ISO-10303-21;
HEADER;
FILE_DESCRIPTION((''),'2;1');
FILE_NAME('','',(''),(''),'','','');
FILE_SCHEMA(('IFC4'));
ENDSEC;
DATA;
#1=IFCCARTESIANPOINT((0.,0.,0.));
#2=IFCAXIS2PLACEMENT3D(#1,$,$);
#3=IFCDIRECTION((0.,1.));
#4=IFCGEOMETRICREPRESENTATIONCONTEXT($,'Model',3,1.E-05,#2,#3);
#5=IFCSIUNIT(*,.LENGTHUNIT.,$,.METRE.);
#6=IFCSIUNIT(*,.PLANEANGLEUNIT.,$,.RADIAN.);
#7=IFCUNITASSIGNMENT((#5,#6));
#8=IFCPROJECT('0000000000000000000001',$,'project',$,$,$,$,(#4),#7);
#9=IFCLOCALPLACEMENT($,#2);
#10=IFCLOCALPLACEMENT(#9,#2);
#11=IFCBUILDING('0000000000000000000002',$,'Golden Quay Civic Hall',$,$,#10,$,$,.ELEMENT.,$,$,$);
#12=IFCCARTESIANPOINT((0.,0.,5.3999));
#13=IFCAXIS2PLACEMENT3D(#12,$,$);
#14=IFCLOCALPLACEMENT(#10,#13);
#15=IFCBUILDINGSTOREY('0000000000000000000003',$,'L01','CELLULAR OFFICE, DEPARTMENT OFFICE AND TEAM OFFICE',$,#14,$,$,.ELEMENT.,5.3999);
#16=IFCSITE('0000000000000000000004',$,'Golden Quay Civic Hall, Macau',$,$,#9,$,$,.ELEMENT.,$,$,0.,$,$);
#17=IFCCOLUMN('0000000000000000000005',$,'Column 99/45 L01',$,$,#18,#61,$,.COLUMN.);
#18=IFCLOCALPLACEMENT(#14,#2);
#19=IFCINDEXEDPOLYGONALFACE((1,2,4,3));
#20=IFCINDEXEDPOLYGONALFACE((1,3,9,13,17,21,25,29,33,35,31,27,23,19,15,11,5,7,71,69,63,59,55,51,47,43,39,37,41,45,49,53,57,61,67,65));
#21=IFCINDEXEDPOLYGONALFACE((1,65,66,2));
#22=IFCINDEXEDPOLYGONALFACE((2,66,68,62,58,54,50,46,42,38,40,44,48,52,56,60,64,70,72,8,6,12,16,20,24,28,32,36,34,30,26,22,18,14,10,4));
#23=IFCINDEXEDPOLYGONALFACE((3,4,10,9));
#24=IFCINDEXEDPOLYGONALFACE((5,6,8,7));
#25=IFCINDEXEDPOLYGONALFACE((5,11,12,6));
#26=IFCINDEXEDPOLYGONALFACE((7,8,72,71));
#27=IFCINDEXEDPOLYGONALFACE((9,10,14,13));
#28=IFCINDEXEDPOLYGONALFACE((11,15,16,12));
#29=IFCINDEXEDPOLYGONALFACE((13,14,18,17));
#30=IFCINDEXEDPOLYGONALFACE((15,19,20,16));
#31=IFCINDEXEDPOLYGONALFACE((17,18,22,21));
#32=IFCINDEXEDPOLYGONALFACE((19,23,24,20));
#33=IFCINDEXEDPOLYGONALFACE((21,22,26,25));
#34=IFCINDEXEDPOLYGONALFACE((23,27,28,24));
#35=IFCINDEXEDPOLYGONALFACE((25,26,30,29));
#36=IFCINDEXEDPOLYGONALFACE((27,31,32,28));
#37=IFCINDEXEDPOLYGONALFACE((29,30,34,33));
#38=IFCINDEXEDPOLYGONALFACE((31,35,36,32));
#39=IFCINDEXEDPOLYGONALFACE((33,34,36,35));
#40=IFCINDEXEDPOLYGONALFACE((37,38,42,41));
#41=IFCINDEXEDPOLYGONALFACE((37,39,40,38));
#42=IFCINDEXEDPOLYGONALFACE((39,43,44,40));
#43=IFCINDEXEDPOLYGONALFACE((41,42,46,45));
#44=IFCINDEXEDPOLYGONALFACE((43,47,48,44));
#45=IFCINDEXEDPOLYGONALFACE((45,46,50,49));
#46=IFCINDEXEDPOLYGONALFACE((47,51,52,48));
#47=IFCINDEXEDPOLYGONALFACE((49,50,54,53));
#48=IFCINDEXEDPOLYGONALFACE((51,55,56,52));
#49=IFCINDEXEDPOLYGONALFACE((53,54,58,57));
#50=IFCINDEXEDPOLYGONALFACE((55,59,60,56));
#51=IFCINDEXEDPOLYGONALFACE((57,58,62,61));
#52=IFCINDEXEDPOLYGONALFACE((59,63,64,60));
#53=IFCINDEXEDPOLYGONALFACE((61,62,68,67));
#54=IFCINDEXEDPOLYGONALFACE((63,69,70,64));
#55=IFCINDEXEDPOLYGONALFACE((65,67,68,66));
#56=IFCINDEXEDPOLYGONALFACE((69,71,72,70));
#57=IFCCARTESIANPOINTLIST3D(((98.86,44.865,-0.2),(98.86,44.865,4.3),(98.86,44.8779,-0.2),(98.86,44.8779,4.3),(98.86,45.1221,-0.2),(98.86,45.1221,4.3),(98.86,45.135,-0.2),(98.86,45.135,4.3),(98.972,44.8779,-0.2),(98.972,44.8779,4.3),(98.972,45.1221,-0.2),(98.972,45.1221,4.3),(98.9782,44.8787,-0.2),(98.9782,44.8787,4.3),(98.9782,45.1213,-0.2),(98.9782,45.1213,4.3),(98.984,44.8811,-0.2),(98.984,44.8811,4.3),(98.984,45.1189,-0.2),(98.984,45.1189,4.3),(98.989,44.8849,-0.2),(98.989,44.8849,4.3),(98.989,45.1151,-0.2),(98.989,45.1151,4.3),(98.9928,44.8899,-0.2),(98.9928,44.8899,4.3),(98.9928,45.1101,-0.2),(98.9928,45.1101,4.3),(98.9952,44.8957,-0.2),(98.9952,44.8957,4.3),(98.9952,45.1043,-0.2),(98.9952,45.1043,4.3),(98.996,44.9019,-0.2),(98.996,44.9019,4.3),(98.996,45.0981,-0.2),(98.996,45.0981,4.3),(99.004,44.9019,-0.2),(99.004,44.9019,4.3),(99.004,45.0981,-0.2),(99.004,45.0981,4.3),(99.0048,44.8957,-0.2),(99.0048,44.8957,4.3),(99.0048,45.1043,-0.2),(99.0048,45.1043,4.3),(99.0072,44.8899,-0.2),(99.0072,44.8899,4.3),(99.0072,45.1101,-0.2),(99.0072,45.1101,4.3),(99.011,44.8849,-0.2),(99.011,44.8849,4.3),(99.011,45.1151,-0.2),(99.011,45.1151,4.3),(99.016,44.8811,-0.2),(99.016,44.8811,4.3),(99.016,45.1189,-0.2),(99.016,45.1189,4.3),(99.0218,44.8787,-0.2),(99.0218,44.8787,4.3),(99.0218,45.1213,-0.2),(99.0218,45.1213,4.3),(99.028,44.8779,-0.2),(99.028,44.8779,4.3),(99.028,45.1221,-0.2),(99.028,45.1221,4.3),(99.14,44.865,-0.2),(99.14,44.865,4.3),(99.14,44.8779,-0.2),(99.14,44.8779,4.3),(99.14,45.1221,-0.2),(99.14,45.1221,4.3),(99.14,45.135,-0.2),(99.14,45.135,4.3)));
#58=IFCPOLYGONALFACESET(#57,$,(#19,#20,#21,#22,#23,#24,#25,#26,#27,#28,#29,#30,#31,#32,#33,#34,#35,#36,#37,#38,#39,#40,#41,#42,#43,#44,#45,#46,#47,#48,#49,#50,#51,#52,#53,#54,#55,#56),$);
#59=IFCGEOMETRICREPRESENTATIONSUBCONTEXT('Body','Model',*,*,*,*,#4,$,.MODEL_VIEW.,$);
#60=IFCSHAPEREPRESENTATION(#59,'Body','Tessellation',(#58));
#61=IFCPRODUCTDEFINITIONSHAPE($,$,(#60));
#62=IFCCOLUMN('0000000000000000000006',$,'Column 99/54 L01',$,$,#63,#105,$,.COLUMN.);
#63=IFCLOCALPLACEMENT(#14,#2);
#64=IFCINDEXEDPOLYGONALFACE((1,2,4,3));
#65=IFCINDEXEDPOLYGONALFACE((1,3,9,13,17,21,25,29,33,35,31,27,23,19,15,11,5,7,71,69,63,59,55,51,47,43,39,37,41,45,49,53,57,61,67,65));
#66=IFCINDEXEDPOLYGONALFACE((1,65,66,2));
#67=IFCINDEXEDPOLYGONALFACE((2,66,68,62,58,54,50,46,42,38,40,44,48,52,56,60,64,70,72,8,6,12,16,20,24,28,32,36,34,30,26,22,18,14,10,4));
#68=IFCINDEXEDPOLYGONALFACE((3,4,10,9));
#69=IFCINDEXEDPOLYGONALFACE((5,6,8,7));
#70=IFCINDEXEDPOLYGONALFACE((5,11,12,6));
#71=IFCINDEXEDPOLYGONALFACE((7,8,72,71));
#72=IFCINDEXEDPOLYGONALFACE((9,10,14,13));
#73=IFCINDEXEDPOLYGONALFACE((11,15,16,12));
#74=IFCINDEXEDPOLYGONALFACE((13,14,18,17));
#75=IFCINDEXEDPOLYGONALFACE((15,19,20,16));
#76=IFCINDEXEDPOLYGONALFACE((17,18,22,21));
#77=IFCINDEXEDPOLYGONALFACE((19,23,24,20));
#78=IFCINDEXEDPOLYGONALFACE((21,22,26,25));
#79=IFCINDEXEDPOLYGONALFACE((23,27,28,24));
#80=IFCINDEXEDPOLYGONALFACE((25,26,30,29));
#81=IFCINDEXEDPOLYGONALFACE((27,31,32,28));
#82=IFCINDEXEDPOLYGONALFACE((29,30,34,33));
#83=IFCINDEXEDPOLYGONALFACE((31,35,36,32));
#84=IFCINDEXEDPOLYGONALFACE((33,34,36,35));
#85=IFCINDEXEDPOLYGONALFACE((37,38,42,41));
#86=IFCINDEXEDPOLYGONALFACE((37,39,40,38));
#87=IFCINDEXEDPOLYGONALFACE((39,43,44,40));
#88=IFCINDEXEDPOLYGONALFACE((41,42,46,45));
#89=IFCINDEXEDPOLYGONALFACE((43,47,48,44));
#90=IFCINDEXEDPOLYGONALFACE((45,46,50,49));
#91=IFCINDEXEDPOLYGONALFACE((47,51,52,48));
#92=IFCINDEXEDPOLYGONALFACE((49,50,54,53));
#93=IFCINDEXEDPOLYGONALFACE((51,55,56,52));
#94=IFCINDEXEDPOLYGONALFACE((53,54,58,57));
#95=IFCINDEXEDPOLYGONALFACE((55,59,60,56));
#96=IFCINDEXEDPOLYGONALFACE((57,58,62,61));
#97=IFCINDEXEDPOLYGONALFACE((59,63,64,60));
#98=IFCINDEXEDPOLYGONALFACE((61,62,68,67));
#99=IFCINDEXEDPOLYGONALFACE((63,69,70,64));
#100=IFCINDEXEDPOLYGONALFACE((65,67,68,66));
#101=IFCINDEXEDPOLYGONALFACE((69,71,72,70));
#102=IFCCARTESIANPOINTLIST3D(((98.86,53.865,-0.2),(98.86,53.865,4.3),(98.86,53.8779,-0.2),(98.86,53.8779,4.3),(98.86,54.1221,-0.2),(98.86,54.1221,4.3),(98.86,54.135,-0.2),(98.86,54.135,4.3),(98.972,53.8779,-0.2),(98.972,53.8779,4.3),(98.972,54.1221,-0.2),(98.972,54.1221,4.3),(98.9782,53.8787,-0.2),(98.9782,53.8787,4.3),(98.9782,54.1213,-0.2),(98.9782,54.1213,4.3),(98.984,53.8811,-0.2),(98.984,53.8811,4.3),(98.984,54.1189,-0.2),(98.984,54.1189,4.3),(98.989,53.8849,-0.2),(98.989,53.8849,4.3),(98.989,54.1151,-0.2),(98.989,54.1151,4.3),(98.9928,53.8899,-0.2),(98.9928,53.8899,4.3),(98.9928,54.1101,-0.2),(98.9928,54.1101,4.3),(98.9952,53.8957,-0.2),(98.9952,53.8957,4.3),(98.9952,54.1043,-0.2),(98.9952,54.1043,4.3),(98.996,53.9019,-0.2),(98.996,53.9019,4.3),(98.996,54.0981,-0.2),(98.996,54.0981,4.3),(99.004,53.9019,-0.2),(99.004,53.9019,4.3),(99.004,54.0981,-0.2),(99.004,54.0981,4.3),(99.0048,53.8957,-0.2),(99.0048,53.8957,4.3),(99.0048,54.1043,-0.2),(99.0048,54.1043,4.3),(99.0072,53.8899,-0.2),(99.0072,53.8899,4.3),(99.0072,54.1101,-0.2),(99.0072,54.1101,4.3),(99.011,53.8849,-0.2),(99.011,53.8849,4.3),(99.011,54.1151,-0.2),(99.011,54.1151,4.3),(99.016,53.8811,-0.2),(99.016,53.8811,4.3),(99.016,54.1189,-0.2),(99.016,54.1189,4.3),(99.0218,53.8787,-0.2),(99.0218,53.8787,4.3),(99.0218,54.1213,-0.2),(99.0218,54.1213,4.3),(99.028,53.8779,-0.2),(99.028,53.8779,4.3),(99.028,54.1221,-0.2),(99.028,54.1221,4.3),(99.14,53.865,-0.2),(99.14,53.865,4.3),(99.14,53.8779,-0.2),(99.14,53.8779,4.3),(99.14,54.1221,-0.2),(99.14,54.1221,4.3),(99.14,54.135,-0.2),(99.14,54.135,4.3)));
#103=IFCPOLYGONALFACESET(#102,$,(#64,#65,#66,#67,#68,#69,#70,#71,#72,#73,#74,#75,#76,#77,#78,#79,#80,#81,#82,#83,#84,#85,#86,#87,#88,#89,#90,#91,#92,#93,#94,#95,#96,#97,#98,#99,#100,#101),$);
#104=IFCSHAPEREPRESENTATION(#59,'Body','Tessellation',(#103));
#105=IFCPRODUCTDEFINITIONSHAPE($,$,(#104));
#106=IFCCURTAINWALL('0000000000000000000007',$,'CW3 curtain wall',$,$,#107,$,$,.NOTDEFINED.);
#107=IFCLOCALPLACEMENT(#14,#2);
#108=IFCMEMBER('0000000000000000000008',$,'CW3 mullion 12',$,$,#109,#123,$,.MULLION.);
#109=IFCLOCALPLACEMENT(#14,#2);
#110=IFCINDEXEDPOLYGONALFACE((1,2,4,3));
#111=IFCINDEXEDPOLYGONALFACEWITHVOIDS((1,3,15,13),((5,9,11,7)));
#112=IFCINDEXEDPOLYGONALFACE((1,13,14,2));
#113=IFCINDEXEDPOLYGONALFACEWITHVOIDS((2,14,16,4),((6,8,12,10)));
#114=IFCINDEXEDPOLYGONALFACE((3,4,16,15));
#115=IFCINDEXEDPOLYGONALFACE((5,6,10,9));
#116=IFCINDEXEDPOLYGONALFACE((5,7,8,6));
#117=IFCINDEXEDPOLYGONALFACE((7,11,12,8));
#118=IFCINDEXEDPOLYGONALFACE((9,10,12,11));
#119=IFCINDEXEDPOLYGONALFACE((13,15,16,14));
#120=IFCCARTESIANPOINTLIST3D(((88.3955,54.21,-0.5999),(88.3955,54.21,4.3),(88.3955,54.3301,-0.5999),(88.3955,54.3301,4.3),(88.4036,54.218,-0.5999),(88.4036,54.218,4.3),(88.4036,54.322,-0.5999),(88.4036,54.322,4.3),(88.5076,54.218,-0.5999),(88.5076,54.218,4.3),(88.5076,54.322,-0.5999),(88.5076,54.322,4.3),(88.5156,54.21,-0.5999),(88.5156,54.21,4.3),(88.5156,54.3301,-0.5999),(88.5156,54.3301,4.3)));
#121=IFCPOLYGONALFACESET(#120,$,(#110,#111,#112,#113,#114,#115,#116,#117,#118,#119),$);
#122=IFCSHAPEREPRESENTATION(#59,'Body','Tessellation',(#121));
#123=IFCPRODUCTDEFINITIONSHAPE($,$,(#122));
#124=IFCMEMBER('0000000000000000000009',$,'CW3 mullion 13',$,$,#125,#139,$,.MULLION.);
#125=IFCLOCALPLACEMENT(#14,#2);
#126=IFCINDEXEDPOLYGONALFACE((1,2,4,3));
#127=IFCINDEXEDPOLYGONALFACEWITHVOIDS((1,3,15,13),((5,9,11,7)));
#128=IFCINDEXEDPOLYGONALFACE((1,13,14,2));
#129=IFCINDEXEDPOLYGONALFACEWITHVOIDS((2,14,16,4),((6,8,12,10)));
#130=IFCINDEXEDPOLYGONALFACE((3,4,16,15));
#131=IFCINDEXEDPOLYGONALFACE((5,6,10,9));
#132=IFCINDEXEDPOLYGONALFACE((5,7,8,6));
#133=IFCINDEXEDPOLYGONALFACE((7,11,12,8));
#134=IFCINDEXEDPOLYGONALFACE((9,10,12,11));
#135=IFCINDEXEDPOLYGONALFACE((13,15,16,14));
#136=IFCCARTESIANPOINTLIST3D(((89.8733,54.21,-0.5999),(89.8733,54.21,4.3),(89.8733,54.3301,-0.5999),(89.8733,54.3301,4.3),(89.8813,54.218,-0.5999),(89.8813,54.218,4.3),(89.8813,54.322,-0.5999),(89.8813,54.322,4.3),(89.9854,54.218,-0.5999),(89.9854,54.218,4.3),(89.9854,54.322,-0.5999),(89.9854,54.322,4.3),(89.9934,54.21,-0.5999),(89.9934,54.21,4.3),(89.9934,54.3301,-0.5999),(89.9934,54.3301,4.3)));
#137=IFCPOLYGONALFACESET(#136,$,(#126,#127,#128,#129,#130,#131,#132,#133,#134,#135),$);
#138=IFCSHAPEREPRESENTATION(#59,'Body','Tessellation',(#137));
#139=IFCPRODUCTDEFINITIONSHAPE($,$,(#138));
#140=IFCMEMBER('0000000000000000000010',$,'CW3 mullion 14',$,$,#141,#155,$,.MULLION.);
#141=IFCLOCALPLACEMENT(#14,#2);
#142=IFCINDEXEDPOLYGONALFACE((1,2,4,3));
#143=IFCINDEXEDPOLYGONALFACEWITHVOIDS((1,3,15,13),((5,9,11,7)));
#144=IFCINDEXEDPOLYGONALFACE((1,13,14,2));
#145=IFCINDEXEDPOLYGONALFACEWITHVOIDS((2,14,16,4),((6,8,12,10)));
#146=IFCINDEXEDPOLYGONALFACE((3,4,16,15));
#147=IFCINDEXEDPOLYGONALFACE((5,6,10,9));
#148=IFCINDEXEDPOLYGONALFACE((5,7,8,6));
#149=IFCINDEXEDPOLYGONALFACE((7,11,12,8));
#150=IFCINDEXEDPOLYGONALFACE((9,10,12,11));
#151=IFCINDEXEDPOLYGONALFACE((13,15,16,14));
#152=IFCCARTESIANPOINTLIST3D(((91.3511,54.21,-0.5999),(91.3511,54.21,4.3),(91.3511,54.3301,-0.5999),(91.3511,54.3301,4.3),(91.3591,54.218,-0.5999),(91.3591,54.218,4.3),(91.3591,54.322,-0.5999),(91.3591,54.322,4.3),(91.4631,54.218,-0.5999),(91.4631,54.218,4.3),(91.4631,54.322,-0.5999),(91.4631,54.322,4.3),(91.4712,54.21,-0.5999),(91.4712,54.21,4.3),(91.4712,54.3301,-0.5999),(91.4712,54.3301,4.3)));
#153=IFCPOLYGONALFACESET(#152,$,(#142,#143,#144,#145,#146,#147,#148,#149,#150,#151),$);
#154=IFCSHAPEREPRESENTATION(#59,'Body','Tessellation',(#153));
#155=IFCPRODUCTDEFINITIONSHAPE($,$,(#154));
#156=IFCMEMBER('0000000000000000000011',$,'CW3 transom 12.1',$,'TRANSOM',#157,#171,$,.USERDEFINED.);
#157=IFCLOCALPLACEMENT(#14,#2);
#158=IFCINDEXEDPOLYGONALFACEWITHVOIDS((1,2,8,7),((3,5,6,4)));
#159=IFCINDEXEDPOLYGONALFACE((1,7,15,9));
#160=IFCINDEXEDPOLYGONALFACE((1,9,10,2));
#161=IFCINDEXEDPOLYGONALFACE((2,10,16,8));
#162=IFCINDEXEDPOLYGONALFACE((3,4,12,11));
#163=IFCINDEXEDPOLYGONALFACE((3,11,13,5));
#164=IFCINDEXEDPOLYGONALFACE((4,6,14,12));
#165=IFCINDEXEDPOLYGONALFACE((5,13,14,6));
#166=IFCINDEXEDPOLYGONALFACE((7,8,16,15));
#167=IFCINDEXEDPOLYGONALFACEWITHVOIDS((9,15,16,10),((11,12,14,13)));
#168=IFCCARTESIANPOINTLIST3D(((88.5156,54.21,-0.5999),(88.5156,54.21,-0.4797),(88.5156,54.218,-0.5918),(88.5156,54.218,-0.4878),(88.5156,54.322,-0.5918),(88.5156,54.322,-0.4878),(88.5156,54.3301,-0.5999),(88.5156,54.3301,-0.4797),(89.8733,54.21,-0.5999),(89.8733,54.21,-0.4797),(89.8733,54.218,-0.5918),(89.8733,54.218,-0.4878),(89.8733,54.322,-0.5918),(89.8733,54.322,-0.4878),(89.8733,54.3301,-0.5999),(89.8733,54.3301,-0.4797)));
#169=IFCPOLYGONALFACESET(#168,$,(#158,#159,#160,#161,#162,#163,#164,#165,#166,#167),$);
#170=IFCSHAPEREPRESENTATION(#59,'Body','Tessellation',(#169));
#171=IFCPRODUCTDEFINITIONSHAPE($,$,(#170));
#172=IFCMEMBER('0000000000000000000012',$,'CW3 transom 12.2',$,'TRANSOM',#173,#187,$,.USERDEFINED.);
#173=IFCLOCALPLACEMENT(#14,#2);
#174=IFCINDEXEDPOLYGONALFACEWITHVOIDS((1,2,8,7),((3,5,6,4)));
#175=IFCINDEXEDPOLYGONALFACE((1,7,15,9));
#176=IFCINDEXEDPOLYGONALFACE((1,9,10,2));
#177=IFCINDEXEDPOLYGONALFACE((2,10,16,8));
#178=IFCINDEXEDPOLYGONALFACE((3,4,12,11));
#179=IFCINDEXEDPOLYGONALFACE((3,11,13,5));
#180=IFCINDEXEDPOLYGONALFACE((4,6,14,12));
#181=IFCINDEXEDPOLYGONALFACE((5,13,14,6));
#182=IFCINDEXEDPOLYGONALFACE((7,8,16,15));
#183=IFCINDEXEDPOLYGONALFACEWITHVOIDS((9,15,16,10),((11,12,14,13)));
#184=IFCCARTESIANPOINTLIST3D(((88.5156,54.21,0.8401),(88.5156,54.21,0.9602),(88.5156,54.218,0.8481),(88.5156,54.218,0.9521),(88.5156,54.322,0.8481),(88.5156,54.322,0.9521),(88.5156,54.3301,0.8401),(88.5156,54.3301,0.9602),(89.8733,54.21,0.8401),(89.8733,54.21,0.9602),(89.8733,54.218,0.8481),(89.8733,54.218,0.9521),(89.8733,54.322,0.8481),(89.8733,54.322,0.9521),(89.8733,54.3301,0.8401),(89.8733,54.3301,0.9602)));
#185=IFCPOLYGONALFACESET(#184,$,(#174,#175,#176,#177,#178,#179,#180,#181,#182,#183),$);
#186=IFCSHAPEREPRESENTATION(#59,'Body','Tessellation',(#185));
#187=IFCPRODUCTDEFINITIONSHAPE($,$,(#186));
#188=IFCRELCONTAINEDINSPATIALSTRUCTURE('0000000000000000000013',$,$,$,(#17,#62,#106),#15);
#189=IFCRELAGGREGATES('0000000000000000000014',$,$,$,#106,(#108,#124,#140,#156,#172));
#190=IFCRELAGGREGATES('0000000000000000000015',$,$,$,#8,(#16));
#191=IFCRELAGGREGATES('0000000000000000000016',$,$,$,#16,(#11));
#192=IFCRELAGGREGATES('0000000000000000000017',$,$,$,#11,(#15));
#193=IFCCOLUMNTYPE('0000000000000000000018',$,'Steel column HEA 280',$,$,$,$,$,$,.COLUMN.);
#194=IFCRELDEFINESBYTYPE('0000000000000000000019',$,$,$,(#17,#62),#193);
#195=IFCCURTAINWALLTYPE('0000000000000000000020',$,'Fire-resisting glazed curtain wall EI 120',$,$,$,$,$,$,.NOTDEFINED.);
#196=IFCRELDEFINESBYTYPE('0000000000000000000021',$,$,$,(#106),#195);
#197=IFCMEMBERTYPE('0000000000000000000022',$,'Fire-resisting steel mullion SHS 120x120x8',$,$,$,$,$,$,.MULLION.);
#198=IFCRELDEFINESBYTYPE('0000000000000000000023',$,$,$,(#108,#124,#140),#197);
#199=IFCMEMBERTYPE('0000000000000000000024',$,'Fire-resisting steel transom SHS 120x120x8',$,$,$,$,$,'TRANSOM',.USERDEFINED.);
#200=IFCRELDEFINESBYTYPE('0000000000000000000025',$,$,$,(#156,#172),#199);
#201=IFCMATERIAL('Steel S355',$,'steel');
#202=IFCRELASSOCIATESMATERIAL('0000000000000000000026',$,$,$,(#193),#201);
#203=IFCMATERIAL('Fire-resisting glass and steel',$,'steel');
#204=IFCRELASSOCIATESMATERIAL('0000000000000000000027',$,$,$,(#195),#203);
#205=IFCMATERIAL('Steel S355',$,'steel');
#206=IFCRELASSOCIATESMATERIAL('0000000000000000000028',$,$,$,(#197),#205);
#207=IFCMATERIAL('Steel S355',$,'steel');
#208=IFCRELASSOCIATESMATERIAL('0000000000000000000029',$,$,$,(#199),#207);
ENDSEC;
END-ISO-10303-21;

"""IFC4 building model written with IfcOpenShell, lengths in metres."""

from ifc_helpers import new_model, si_unit, direction, frame, origin, origin_2d, place, context, subcontext, project, spatial, hollow_rectangle, i_section, extrude, material, material_profile, profile_set, type_object, element, aggregate, save


model = new_model("IFC4")

# Units and contexts
model_context = context("Model", 3, precision=1e-05, world=origin(), true_north=direction((0.0, 1.0)))
body_context = subcontext(model_context, "Body", "Model", "MODEL_VIEW")
ifc_project = project(units=[si_unit("LENGTHUNIT", "METRE"), si_unit("PLANEANGLEUNIT", "RADIAN")], contexts=[model_context])

# Site, building, storey
site_placement = place(None, origin())
site = spatial("IfcSite", under=ifc_project, at=site_placement, Name="Golden Quay Civic Hall, Macau", CompositionType="ELEMENT", RefElevation=0.0)
building_placement = place(site_placement, origin())
building = spatial("IfcBuilding", under=site, at=building_placement, Name="Golden Quay Civic Hall", CompositionType="ELEMENT")
storey_placement = place(building_placement, frame((0.0, 0.0, 5.3999)))
storey = spatial("IfcBuildingStorey", under=building, at=storey_placement, Name="L01", Description="CELLULAR OFFICE, DEPARTMENT OFFICE AND TEAM OFFICE", CompositionType="ELEMENT", Elevation=5.3999)

# Columns
ifc_material_1 = material(Name="Steel S355", Category="steel")
ifc_material_profile_1 = material_profile(ifc_material_1, i_section(OverallWidth=0.28, OverallDepth=0.27, WebThickness=0.0081, FlangeThickness=0.0129, FilletRadius=0.0239, at=origin_2d()), Name="HEA 280")
ifc_profile_set_1 = profile_set([ifc_material_profile_1], Name="Steel S355")
column_type = type_object("IfcColumnType", Name="Steel column HEA 280", PredefinedType="COLUMN", material=ifc_profile_set_1)
for number, where, z_axis, x_axis, name in (
    (1, (99.0, 45.0, -0.2), (0.0, 0.0, 1.0), (1.0, 0.0, 0.0), "Column 99/45 L01"),
    (2, (99.0, 54.0, -0.2), (0.0, 0.0, 1.0), (1.0, 0.0, 0.0), "Column 99/54 L01"),
):
    element("IfcColumn", number, at=place(storey_placement, frame(where, z_axis=z_axis, x_axis=x_axis)), inside=storey, type_object=column_type, Name=name, PredefinedType="COLUMN", context=body_context, shape_type="SweptSolid", body=[
        extrude(i_section(OverallWidth=0.28, OverallDepth=0.27, WebThickness=0.0081, FlangeThickness=0.0129, FilletRadius=0.0239, at=origin_2d()), origin(), (0.0, 0.0, 1.0), 4.5),
    ])

# Curtain wall, members
ifc_material_2 = material(Name="Fire-resisting glass and steel", Category="steel")
curtain_wall_type_1 = type_object("IfcCurtainWallType", Name="Fire-resisting glazed curtain wall EI 120", PredefinedType="NOTDEFINED", material=ifc_material_2)
curtain_wall_1_placement = place(storey_placement, origin())
curtain_wall_1 = element("IfcCurtainWall", 3, at=curtain_wall_1_placement, inside=storey, type_object=curtain_wall_type_1, Name="CW3 curtain wall", PredefinedType="NOTDEFINED")
ifc_material_3 = material(Name="Steel S355", Category="steel")
ifc_material_profile_2 = material_profile(ifc_material_3, hollow_rectangle(XDim=0.1201, YDim=0.1201, WallThickness=0.0081, at=origin_2d()), Name="SHS 120x120x8")
ifc_profile_set_2 = profile_set([ifc_material_profile_2], Name="Steel S355")
member_type_1 = type_object("IfcMemberType", Name="Fire-resisting steel mullion SHS 120x120x8", PredefinedType="MULLION", material=ifc_profile_set_2)
member_1_placement = place(storey_placement, frame((88.4556, 54.27, -0.5999), z_axis=(0.0, 0.0, 1.0), x_axis=(0.0, 1.0, 0.0)))
member_1 = element("IfcMember", 4, at=member_1_placement, type_object=member_type_1, Name="CW3 mullion 12", PredefinedType="MULLION", context=body_context, shape_type="SweptSolid", body=[
    extrude(hollow_rectangle(XDim=0.1201, YDim=0.1201, WallThickness=0.0081, at=origin_2d()), origin(), (0.0, 0.0, 1.0), 4.8999),
])
member_2_placement = place(storey_placement, frame((89.9333, 54.27, -0.5999), z_axis=(0.0, 0.0, 1.0), x_axis=(0.0, 1.0, 0.0)))
member_2 = element("IfcMember", 5, at=member_2_placement, type_object=member_type_1, Name="CW3 mullion 13", PredefinedType="MULLION", context=body_context, shape_type="SweptSolid", body=[
    extrude(hollow_rectangle(XDim=0.1201, YDim=0.1201, WallThickness=0.0081, at=origin_2d()), origin(), (0.0, 0.0, 1.0), 4.8999),
])
member_3_placement = place(storey_placement, frame((91.4111, 54.27, -0.5999), z_axis=(0.0, 0.0, 1.0), x_axis=(0.0, 1.0, 0.0)))
member_3 = element("IfcMember", 6, at=member_3_placement, type_object=member_type_1, Name="CW3 mullion 14", PredefinedType="MULLION", context=body_context, shape_type="SweptSolid", body=[
    extrude(hollow_rectangle(XDim=0.1201, YDim=0.1201, WallThickness=0.0081, at=origin_2d()), origin(), (0.0, 0.0, 1.0), 4.8999),
])
ifc_material_4 = material(Name="Steel S355", Category="steel")
ifc_material_profile_3 = material_profile(ifc_material_4, hollow_rectangle(XDim=0.1201, YDim=0.1201, WallThickness=0.0081, at=origin_2d()), Name="SHS 120x120x8")
ifc_profile_set_3 = profile_set([ifc_material_profile_3], Name="Steel S355")
member_type_2 = type_object("IfcMemberType", Name="Fire-resisting steel transom SHS 120x120x8", ElementType="TRANSOM", PredefinedType="USERDEFINED", material=ifc_profile_set_3)
member_4_placement = place(storey_placement, frame((88.5156, 54.27, -0.5398), z_axis=(1.0, 0.0, 0.0), x_axis=(0.0, 1.0, 0.0)))
member_4 = element("IfcMember", 7, at=member_4_placement, type_object=member_type_2, Name="CW3 transom 12.1", ObjectType="TRANSOM", PredefinedType="USERDEFINED", context=body_context, shape_type="SweptSolid", body=[
    extrude(hollow_rectangle(XDim=0.1201, YDim=0.1201, WallThickness=0.0081, at=origin_2d()), origin(), (0.0, 0.0, 1.0), 1.3577),
])
member_5_placement = place(storey_placement, frame((88.5156, 54.27, 0.9001), z_axis=(1.0, 0.0, 0.0), x_axis=(0.0, 1.0, 0.0)))
member_5 = element("IfcMember", 8, at=member_5_placement, type_object=member_type_2, Name="CW3 transom 12.2", ObjectType="TRANSOM", PredefinedType="USERDEFINED", context=body_context, shape_type="SweptSolid", body=[
    extrude(hollow_rectangle(XDim=0.1201, YDim=0.1201, WallThickness=0.0081, at=origin_2d()), origin(), (0.0, 0.0, 1.0), 1.3577),
])

aggregate(curtain_wall_1, [member_1, member_2, member_3, member_4, member_5])

save(model, "model.ifc")
